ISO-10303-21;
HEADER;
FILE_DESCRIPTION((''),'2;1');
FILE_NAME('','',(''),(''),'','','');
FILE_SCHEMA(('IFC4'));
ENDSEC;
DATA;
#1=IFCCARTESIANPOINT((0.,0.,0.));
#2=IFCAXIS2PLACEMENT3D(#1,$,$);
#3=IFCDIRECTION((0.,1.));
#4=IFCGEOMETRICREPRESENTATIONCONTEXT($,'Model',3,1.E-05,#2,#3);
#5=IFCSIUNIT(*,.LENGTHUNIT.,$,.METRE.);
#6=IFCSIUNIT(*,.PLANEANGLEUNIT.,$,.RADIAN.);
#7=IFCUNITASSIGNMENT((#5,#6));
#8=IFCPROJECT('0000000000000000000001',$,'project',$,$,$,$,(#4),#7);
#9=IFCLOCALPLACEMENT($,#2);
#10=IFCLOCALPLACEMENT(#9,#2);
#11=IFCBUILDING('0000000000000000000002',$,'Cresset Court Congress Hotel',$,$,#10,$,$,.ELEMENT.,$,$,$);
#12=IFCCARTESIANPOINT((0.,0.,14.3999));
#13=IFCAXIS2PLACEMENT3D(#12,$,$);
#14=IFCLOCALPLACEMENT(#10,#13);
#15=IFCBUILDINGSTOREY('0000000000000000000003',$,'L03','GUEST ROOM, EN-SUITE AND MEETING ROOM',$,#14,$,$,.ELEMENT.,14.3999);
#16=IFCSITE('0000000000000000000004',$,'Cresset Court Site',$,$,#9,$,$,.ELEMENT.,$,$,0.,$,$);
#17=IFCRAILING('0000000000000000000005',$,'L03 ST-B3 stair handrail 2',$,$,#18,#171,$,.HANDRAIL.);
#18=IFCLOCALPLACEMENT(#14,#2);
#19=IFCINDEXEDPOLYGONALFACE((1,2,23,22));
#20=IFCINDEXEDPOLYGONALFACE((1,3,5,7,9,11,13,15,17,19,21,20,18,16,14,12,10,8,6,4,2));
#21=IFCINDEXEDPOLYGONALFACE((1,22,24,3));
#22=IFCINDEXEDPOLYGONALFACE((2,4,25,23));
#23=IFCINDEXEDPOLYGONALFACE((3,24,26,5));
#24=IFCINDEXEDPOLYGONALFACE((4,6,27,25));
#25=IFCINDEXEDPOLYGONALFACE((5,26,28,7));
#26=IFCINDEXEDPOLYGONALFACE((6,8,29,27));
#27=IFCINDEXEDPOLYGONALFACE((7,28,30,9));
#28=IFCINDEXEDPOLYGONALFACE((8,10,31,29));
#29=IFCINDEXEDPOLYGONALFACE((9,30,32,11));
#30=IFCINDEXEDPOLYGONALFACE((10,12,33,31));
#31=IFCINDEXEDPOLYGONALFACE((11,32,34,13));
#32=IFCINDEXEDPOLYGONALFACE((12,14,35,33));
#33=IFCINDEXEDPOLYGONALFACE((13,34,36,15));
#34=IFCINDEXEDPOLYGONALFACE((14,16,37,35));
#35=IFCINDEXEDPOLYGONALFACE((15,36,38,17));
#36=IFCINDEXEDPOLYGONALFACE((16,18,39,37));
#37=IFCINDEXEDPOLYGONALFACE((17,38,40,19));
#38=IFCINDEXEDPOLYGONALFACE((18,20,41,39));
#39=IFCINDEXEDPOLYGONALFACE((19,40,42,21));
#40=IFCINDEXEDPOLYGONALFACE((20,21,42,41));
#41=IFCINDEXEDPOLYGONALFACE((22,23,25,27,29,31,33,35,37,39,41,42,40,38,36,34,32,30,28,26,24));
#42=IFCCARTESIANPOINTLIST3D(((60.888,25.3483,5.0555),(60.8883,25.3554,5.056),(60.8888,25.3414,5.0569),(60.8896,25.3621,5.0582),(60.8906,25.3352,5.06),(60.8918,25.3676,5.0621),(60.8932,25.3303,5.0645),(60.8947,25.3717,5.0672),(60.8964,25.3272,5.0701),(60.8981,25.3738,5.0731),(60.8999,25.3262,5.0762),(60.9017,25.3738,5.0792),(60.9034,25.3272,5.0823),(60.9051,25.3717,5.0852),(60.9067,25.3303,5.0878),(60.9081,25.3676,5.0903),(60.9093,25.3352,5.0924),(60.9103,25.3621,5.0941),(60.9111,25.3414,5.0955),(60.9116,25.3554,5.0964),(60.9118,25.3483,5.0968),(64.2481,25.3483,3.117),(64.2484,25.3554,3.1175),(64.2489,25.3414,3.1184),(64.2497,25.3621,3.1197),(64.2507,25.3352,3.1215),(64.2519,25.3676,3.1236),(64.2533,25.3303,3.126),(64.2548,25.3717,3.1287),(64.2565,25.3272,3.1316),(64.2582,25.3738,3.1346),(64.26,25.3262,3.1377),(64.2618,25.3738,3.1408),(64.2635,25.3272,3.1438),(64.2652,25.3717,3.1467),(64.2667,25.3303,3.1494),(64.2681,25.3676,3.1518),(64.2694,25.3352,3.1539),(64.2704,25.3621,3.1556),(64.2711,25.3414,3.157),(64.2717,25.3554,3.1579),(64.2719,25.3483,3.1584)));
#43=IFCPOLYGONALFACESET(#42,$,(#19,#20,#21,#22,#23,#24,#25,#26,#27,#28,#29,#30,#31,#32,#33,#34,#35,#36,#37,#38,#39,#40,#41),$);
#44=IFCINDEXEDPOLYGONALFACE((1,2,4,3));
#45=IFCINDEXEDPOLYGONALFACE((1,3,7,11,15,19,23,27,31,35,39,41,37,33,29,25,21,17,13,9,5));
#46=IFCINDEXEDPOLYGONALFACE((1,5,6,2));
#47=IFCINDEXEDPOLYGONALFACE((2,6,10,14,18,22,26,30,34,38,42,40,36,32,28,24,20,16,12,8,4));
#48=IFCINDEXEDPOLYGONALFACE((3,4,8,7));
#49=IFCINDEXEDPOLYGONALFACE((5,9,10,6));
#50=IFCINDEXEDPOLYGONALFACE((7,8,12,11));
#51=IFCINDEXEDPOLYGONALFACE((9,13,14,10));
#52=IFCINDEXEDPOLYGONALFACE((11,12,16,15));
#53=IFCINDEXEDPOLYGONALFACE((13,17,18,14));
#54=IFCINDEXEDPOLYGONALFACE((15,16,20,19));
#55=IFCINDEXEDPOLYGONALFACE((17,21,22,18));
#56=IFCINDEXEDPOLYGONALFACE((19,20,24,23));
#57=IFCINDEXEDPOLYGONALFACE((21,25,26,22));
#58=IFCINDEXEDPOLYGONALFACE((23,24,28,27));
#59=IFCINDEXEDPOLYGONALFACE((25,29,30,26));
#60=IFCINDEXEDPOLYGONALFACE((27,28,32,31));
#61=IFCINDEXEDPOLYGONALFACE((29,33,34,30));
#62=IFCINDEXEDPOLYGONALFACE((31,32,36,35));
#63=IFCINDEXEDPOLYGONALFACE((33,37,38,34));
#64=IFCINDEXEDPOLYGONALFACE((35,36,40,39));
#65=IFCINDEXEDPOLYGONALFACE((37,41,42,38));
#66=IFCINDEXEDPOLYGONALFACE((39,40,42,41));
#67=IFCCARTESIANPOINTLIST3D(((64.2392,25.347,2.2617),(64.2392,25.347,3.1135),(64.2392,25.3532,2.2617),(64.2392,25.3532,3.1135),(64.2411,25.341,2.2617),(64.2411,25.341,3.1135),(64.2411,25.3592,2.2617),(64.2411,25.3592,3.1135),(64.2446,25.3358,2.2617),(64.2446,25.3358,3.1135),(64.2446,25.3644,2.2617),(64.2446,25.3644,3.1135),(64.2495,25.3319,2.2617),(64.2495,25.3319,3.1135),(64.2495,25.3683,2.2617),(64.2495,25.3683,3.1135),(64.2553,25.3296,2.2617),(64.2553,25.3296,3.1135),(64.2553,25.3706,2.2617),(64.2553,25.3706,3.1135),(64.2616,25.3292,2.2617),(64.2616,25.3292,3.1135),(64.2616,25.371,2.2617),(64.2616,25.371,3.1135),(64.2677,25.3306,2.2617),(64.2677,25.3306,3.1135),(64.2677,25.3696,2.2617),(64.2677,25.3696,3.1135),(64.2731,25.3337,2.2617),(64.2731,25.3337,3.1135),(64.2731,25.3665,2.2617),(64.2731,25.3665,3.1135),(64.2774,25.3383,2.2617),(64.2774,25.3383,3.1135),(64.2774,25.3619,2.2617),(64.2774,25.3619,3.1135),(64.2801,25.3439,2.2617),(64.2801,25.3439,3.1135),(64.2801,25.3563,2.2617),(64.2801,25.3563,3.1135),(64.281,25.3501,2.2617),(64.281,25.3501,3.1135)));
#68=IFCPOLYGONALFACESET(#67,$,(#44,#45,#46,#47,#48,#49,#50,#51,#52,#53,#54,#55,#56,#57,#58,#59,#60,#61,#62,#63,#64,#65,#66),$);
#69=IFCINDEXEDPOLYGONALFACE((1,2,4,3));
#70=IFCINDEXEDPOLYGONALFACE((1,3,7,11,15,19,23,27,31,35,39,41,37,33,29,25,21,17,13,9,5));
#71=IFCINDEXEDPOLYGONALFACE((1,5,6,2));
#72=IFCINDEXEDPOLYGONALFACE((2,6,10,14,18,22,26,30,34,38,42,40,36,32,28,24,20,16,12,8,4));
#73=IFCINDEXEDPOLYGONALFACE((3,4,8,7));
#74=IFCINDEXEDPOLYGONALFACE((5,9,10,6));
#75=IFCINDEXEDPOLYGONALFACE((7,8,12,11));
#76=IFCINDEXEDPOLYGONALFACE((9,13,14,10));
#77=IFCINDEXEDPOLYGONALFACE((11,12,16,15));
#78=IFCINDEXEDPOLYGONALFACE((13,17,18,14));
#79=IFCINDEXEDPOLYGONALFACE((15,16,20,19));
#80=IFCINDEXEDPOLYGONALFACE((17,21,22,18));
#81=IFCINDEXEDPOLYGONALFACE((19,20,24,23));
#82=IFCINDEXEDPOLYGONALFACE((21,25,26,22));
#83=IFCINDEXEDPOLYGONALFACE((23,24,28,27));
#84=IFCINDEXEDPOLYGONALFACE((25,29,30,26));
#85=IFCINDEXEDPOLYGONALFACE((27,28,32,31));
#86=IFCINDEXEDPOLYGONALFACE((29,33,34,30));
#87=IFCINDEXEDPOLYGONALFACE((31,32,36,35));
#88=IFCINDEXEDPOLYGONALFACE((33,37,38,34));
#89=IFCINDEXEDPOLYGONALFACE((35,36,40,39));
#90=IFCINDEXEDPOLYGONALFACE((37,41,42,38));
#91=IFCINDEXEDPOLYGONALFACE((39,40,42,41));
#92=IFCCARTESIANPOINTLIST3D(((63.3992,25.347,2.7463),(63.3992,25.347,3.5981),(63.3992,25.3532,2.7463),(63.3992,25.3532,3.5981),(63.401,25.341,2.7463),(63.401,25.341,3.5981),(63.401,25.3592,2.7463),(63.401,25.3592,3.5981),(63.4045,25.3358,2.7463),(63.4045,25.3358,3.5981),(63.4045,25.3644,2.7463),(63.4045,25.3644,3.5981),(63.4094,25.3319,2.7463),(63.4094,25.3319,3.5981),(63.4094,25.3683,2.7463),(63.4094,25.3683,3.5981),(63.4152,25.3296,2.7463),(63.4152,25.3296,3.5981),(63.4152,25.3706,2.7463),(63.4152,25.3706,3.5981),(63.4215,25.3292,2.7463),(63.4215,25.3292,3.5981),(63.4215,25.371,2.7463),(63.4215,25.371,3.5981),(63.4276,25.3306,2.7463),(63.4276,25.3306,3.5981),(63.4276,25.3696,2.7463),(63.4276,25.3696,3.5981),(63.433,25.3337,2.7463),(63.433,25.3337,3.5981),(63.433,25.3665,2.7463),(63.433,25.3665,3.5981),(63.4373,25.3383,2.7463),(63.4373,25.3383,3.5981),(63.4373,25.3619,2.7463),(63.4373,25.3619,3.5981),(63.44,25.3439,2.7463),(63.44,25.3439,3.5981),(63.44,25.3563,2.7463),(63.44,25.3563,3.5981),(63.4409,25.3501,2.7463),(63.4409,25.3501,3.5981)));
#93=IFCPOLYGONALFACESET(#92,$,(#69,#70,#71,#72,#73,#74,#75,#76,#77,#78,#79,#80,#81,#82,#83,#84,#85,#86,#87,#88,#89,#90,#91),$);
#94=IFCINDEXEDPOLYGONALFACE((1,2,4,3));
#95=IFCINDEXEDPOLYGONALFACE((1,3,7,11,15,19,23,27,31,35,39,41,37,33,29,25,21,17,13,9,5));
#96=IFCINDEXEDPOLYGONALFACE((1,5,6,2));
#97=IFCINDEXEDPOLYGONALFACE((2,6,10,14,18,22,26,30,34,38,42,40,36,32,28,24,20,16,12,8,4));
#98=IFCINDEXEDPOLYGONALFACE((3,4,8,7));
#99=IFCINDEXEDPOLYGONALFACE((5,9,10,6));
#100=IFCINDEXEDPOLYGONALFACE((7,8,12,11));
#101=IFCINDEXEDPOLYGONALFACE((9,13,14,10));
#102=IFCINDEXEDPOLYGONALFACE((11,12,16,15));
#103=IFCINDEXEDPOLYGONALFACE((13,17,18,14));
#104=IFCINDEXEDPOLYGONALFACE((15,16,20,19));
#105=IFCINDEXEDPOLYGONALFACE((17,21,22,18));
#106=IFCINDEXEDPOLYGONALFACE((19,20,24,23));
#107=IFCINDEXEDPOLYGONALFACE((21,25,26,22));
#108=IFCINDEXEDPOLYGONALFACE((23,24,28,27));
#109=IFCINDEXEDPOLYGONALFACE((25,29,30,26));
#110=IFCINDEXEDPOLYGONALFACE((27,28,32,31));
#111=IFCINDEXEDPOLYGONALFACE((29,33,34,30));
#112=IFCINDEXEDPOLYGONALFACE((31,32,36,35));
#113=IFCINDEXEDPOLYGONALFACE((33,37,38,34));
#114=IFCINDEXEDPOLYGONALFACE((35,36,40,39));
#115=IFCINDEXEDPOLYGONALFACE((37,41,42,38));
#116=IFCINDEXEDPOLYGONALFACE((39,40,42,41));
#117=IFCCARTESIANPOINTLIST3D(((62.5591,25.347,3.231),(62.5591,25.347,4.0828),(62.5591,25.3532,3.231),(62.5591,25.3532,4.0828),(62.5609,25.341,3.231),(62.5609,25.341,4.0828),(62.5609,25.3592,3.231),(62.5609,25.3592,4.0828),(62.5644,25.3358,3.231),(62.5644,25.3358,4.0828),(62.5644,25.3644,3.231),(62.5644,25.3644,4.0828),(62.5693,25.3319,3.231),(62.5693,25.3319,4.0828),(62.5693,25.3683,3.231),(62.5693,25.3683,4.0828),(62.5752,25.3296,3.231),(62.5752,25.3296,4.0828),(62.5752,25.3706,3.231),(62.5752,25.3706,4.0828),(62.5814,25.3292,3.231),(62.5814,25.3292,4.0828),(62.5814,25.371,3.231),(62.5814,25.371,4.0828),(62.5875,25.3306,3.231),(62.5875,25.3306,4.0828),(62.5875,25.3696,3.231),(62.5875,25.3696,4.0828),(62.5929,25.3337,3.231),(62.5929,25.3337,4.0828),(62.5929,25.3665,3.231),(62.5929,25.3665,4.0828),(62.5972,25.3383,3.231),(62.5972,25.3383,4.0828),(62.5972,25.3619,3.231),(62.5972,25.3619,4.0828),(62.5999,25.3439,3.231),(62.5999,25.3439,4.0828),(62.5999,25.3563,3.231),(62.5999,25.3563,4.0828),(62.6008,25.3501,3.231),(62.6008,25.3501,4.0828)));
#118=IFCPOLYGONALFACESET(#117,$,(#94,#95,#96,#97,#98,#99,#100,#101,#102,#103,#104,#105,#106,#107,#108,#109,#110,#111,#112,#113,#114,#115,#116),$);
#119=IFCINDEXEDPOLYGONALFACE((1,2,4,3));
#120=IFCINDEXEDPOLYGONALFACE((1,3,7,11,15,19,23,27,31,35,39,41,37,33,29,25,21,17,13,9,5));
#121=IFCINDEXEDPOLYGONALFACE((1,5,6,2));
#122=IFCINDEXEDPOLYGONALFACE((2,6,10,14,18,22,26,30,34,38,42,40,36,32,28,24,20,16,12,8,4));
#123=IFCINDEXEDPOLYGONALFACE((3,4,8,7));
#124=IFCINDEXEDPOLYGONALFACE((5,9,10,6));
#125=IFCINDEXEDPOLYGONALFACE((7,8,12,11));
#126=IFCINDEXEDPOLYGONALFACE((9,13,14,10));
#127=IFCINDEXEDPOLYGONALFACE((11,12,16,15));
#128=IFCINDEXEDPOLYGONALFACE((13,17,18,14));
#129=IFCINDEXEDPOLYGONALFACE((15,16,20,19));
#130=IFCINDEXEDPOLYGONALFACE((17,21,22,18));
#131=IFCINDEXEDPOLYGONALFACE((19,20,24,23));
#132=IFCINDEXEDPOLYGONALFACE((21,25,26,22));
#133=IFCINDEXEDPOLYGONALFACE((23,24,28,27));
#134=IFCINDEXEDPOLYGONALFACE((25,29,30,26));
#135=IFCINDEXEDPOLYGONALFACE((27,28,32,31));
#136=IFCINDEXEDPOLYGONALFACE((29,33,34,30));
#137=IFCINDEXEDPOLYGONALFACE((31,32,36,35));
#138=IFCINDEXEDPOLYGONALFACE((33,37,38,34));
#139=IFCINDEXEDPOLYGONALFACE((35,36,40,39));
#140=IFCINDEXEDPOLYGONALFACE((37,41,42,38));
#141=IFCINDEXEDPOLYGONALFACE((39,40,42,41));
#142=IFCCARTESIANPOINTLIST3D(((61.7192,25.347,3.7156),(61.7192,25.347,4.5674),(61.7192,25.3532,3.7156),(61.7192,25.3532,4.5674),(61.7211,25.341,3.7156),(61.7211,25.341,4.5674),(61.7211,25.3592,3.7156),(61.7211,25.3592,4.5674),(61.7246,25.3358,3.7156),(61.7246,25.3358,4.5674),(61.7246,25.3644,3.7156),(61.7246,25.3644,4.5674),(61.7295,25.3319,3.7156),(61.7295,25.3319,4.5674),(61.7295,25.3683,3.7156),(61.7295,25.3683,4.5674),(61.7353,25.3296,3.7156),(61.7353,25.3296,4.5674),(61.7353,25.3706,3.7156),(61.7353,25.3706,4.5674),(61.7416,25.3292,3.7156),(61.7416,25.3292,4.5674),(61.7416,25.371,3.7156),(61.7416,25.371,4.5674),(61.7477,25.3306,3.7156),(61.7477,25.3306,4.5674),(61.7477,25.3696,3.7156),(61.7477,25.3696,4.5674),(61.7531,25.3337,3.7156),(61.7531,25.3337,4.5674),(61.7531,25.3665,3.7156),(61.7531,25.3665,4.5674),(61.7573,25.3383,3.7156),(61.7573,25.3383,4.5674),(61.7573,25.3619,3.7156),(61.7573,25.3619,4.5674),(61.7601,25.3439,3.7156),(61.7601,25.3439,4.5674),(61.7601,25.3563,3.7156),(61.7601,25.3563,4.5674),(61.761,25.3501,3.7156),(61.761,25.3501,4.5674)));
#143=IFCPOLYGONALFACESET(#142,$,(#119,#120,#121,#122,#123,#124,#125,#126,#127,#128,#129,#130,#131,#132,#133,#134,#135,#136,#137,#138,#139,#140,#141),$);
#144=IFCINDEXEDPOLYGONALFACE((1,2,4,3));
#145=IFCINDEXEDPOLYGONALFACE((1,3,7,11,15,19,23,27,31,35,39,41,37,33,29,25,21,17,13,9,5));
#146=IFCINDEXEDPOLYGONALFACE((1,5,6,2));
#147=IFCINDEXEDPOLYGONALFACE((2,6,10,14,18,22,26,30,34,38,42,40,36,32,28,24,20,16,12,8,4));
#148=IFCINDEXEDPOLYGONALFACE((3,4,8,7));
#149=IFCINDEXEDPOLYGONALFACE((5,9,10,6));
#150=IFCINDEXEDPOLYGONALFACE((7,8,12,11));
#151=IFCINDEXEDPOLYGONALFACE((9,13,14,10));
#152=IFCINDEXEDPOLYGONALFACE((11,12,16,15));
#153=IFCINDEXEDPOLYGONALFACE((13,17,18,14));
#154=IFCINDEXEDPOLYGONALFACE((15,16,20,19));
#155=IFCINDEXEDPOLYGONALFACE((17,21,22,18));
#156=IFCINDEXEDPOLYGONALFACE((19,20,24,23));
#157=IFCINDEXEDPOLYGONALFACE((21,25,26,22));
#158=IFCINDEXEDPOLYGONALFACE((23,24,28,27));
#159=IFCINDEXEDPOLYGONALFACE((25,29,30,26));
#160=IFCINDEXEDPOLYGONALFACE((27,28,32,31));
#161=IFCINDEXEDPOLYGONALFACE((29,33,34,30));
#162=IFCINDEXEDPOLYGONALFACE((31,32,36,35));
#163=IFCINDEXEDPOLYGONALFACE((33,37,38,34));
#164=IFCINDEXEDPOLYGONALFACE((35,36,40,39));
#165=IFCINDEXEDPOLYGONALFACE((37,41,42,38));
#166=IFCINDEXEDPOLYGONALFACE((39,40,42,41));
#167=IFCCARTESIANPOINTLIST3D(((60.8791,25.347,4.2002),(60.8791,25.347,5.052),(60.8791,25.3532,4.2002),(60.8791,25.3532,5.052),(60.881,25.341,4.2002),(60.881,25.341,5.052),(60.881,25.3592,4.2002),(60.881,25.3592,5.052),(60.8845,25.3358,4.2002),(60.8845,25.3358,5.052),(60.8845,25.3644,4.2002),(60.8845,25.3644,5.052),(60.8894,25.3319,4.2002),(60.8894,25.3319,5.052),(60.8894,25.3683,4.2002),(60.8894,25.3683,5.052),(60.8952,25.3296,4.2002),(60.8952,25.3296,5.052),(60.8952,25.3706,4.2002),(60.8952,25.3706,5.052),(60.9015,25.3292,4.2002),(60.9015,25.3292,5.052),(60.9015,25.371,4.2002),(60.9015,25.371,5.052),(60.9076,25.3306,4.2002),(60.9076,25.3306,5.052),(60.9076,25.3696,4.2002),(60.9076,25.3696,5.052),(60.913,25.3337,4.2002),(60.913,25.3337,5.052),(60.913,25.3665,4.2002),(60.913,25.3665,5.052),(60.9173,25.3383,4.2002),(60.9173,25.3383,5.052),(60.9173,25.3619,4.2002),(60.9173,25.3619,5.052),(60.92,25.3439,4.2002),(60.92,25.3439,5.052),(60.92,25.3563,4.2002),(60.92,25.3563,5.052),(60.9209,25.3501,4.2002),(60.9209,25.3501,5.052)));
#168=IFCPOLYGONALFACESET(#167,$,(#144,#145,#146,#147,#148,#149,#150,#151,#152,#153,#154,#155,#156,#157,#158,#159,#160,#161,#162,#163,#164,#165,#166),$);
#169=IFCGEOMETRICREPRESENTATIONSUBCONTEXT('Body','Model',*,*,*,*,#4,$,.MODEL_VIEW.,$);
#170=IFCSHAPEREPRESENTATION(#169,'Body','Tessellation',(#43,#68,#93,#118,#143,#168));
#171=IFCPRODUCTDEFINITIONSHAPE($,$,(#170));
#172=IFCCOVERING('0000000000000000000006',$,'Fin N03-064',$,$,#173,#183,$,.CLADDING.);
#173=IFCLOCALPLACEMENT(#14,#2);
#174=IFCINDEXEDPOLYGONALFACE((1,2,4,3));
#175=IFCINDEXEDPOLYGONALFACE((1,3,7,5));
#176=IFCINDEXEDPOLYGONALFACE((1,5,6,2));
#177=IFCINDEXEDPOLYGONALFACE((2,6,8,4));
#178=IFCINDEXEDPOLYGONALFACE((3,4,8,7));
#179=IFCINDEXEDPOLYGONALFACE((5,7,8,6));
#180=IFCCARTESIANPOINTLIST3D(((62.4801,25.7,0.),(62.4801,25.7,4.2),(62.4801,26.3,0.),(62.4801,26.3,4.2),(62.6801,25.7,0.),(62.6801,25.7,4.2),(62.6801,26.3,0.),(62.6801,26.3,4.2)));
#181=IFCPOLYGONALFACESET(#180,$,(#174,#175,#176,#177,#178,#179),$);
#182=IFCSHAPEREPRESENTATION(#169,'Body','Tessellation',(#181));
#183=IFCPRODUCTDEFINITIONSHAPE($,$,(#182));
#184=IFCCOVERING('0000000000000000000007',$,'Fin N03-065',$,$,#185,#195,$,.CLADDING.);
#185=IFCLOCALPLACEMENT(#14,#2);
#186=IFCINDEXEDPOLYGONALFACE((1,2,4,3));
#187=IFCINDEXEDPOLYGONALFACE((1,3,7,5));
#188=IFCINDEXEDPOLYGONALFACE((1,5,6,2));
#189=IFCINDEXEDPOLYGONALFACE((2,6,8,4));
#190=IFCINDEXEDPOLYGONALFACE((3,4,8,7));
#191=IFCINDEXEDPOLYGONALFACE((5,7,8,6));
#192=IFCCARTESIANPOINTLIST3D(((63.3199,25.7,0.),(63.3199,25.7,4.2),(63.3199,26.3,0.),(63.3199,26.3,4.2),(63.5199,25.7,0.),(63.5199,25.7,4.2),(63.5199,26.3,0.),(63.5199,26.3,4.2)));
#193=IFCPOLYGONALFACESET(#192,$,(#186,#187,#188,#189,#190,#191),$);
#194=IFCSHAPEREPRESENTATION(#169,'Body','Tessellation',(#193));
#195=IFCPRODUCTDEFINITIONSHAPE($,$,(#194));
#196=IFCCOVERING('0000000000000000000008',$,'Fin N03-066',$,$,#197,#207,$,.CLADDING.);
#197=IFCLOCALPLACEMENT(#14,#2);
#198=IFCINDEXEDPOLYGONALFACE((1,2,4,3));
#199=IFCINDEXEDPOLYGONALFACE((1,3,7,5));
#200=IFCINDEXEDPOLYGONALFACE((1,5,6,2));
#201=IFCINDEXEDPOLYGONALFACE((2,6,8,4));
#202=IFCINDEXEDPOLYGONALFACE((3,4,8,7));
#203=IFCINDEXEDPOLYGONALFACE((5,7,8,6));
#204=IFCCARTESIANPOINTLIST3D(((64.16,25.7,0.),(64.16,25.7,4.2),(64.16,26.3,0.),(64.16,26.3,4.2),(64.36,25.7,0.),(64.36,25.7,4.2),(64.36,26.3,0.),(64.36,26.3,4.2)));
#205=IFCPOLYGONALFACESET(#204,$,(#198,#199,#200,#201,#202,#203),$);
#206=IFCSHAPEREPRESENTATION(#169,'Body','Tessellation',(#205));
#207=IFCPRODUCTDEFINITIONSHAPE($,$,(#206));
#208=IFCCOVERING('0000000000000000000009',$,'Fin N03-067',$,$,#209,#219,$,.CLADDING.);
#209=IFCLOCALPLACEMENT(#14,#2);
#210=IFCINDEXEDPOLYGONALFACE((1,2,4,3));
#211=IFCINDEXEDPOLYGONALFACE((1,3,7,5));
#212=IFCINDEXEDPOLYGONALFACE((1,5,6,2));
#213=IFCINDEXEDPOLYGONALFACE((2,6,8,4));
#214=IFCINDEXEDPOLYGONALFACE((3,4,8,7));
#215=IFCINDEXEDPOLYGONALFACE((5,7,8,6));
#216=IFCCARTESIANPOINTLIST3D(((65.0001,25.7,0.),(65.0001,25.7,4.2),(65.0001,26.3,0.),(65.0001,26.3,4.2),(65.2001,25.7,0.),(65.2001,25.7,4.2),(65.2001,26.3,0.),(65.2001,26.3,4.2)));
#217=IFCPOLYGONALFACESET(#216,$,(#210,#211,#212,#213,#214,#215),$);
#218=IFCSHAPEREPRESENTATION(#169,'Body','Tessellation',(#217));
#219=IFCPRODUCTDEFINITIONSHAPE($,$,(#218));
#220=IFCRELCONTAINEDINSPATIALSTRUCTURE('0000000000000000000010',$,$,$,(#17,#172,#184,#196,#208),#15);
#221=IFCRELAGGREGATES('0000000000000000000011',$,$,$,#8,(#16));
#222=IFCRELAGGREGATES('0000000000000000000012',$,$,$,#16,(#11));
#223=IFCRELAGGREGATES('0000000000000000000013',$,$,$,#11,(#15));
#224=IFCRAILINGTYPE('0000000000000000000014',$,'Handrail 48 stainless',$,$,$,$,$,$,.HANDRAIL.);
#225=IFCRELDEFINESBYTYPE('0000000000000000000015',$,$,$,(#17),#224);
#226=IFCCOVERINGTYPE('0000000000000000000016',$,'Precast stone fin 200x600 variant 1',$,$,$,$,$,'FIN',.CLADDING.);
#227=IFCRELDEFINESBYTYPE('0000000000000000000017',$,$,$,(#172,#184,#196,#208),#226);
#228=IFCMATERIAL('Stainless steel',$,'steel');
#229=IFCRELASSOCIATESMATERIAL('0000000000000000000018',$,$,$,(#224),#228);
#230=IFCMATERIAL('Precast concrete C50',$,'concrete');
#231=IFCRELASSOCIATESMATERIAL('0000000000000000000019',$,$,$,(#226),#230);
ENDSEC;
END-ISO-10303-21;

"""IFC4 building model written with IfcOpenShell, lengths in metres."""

from ifc_helpers import new_model, si_unit, direction, frame, origin, origin_2d, place, context, subcontext, project, spatial, rectangle, circle, extrude, material, type_object, element, save


model = new_model("IFC4")

# Units and contexts
model_context = context("Model", 3, precision=1e-05, world=origin(), true_north=direction((0.0, 1.0)))
body_context = subcontext(model_context, "Body", "Model", "MODEL_VIEW")
ifc_project = project(units=[si_unit("LENGTHUNIT", "METRE"), si_unit("PLANEANGLEUNIT", "RADIAN")], contexts=[model_context])

# Site, building, storey
site_placement = place(None, origin())
site = spatial("IfcSite", under=ifc_project, at=site_placement, Name="Cresset Court Site", CompositionType="ELEMENT", RefElevation=0.0)
building_placement = place(site_placement, origin())
building = spatial("IfcBuilding", under=site, at=building_placement, Name="Cresset Court Congress Hotel", CompositionType="ELEMENT")
storey_placement = place(building_placement, frame((0.0, 0.0, 14.3999)))
storey = spatial("IfcBuildingStorey", under=building, at=storey_placement, Name="L03", Description="GUEST ROOM, EN-SUITE AND MEETING ROOM", CompositionType="ELEMENT", Elevation=14.3999)

# Railing
ifc_material_1 = material(Name="Stainless steel", Category="steel")
railing_type_1 = type_object("IfcRailingType", Name="Handrail 48 stainless", PredefinedType="HANDRAIL", material=ifc_material_1)
railing_1_placement = place(storey_placement, frame((64.26, 25.3501, 2.2617)))
element("IfcRailing", 1, at=railing_1_placement, inside=storey, type_object=railing_type_1, Name="L03 ST-B3 stair handrail 2", PredefinedType="HANDRAIL", context=body_context, shape_type="SweptSolid", body=[
    extrude(circle(Radius=0.0239, at=origin_2d()), frame((0.0, 0.0, 0.876), z_axis=(-0.866191, 0.0, 0.499713), x_axis=(0.0, -1.0, 0.0)), (0.0, 0.0, 1.0), 3.8792),
    extrude(circle(Radius=0.021, at=origin_2d()), origin(), (0.0, 0.0, 1.0), 0.8518),
    extrude(circle(Radius=0.021, at=origin_2d()), frame((-0.8401, 0.0, 0.4846)), (0.0, 0.0, 1.0), 0.8518),
    extrude(circle(Radius=0.021, at=origin_2d()), frame((-1.6802, 0.0, 0.9692)), (0.0, 0.0, 1.0), 0.8518),
    extrude(circle(Radius=0.021, at=origin_2d()), frame((-2.52, 0.0, 1.4539)), (0.0, 0.0, 1.0), 0.8518),
    extrude(circle(Radius=0.021, at=origin_2d()), frame((-3.3601, 0.0, 1.9385)), (0.0, 0.0, 1.0), 0.8518),
])

# Coverings
ifc_material_2 = material(Name="Precast concrete C50", Category="concrete")
covering_type_1 = type_object("IfcCoveringType", Name="Precast stone fin 200x600 variant 1", ElementType="FIN", PredefinedType="CLADDING", material=ifc_material_2)
for number, where, z_axis, x_axis, name in (
    (2, (62.5801, 26.0, 0.0), (0.0, 0.0, 1.0), (1.0, 0.0, 0.0), "Fin N03-064"),
    (3, (63.4199, 26.0, 0.0), (0.0, 0.0, 1.0), (1.0, 0.0, 0.0), "Fin N03-065"),
    (4, (64.26, 26.0, 0.0), (0.0, 0.0, 1.0), (1.0, 0.0, 0.0), "Fin N03-066"),
    (5, (65.1001, 26.0, 0.0), (0.0, 0.0, 1.0), (1.0, 0.0, 0.0), "Fin N03-067"),
):
    element("IfcCovering", number, at=place(storey_placement, frame(where, z_axis=z_axis, x_axis=x_axis)), inside=storey, type_object=covering_type_1, Name=name, PredefinedType="CLADDING", context=body_context, shape_type="SweptSolid", body=[
        extrude(rectangle(XDim=0.2, YDim=0.6001, at=origin_2d()), origin(), (0.0, 0.0, 1.0), 4.2),
    ])

save(model, "model.ifc")
